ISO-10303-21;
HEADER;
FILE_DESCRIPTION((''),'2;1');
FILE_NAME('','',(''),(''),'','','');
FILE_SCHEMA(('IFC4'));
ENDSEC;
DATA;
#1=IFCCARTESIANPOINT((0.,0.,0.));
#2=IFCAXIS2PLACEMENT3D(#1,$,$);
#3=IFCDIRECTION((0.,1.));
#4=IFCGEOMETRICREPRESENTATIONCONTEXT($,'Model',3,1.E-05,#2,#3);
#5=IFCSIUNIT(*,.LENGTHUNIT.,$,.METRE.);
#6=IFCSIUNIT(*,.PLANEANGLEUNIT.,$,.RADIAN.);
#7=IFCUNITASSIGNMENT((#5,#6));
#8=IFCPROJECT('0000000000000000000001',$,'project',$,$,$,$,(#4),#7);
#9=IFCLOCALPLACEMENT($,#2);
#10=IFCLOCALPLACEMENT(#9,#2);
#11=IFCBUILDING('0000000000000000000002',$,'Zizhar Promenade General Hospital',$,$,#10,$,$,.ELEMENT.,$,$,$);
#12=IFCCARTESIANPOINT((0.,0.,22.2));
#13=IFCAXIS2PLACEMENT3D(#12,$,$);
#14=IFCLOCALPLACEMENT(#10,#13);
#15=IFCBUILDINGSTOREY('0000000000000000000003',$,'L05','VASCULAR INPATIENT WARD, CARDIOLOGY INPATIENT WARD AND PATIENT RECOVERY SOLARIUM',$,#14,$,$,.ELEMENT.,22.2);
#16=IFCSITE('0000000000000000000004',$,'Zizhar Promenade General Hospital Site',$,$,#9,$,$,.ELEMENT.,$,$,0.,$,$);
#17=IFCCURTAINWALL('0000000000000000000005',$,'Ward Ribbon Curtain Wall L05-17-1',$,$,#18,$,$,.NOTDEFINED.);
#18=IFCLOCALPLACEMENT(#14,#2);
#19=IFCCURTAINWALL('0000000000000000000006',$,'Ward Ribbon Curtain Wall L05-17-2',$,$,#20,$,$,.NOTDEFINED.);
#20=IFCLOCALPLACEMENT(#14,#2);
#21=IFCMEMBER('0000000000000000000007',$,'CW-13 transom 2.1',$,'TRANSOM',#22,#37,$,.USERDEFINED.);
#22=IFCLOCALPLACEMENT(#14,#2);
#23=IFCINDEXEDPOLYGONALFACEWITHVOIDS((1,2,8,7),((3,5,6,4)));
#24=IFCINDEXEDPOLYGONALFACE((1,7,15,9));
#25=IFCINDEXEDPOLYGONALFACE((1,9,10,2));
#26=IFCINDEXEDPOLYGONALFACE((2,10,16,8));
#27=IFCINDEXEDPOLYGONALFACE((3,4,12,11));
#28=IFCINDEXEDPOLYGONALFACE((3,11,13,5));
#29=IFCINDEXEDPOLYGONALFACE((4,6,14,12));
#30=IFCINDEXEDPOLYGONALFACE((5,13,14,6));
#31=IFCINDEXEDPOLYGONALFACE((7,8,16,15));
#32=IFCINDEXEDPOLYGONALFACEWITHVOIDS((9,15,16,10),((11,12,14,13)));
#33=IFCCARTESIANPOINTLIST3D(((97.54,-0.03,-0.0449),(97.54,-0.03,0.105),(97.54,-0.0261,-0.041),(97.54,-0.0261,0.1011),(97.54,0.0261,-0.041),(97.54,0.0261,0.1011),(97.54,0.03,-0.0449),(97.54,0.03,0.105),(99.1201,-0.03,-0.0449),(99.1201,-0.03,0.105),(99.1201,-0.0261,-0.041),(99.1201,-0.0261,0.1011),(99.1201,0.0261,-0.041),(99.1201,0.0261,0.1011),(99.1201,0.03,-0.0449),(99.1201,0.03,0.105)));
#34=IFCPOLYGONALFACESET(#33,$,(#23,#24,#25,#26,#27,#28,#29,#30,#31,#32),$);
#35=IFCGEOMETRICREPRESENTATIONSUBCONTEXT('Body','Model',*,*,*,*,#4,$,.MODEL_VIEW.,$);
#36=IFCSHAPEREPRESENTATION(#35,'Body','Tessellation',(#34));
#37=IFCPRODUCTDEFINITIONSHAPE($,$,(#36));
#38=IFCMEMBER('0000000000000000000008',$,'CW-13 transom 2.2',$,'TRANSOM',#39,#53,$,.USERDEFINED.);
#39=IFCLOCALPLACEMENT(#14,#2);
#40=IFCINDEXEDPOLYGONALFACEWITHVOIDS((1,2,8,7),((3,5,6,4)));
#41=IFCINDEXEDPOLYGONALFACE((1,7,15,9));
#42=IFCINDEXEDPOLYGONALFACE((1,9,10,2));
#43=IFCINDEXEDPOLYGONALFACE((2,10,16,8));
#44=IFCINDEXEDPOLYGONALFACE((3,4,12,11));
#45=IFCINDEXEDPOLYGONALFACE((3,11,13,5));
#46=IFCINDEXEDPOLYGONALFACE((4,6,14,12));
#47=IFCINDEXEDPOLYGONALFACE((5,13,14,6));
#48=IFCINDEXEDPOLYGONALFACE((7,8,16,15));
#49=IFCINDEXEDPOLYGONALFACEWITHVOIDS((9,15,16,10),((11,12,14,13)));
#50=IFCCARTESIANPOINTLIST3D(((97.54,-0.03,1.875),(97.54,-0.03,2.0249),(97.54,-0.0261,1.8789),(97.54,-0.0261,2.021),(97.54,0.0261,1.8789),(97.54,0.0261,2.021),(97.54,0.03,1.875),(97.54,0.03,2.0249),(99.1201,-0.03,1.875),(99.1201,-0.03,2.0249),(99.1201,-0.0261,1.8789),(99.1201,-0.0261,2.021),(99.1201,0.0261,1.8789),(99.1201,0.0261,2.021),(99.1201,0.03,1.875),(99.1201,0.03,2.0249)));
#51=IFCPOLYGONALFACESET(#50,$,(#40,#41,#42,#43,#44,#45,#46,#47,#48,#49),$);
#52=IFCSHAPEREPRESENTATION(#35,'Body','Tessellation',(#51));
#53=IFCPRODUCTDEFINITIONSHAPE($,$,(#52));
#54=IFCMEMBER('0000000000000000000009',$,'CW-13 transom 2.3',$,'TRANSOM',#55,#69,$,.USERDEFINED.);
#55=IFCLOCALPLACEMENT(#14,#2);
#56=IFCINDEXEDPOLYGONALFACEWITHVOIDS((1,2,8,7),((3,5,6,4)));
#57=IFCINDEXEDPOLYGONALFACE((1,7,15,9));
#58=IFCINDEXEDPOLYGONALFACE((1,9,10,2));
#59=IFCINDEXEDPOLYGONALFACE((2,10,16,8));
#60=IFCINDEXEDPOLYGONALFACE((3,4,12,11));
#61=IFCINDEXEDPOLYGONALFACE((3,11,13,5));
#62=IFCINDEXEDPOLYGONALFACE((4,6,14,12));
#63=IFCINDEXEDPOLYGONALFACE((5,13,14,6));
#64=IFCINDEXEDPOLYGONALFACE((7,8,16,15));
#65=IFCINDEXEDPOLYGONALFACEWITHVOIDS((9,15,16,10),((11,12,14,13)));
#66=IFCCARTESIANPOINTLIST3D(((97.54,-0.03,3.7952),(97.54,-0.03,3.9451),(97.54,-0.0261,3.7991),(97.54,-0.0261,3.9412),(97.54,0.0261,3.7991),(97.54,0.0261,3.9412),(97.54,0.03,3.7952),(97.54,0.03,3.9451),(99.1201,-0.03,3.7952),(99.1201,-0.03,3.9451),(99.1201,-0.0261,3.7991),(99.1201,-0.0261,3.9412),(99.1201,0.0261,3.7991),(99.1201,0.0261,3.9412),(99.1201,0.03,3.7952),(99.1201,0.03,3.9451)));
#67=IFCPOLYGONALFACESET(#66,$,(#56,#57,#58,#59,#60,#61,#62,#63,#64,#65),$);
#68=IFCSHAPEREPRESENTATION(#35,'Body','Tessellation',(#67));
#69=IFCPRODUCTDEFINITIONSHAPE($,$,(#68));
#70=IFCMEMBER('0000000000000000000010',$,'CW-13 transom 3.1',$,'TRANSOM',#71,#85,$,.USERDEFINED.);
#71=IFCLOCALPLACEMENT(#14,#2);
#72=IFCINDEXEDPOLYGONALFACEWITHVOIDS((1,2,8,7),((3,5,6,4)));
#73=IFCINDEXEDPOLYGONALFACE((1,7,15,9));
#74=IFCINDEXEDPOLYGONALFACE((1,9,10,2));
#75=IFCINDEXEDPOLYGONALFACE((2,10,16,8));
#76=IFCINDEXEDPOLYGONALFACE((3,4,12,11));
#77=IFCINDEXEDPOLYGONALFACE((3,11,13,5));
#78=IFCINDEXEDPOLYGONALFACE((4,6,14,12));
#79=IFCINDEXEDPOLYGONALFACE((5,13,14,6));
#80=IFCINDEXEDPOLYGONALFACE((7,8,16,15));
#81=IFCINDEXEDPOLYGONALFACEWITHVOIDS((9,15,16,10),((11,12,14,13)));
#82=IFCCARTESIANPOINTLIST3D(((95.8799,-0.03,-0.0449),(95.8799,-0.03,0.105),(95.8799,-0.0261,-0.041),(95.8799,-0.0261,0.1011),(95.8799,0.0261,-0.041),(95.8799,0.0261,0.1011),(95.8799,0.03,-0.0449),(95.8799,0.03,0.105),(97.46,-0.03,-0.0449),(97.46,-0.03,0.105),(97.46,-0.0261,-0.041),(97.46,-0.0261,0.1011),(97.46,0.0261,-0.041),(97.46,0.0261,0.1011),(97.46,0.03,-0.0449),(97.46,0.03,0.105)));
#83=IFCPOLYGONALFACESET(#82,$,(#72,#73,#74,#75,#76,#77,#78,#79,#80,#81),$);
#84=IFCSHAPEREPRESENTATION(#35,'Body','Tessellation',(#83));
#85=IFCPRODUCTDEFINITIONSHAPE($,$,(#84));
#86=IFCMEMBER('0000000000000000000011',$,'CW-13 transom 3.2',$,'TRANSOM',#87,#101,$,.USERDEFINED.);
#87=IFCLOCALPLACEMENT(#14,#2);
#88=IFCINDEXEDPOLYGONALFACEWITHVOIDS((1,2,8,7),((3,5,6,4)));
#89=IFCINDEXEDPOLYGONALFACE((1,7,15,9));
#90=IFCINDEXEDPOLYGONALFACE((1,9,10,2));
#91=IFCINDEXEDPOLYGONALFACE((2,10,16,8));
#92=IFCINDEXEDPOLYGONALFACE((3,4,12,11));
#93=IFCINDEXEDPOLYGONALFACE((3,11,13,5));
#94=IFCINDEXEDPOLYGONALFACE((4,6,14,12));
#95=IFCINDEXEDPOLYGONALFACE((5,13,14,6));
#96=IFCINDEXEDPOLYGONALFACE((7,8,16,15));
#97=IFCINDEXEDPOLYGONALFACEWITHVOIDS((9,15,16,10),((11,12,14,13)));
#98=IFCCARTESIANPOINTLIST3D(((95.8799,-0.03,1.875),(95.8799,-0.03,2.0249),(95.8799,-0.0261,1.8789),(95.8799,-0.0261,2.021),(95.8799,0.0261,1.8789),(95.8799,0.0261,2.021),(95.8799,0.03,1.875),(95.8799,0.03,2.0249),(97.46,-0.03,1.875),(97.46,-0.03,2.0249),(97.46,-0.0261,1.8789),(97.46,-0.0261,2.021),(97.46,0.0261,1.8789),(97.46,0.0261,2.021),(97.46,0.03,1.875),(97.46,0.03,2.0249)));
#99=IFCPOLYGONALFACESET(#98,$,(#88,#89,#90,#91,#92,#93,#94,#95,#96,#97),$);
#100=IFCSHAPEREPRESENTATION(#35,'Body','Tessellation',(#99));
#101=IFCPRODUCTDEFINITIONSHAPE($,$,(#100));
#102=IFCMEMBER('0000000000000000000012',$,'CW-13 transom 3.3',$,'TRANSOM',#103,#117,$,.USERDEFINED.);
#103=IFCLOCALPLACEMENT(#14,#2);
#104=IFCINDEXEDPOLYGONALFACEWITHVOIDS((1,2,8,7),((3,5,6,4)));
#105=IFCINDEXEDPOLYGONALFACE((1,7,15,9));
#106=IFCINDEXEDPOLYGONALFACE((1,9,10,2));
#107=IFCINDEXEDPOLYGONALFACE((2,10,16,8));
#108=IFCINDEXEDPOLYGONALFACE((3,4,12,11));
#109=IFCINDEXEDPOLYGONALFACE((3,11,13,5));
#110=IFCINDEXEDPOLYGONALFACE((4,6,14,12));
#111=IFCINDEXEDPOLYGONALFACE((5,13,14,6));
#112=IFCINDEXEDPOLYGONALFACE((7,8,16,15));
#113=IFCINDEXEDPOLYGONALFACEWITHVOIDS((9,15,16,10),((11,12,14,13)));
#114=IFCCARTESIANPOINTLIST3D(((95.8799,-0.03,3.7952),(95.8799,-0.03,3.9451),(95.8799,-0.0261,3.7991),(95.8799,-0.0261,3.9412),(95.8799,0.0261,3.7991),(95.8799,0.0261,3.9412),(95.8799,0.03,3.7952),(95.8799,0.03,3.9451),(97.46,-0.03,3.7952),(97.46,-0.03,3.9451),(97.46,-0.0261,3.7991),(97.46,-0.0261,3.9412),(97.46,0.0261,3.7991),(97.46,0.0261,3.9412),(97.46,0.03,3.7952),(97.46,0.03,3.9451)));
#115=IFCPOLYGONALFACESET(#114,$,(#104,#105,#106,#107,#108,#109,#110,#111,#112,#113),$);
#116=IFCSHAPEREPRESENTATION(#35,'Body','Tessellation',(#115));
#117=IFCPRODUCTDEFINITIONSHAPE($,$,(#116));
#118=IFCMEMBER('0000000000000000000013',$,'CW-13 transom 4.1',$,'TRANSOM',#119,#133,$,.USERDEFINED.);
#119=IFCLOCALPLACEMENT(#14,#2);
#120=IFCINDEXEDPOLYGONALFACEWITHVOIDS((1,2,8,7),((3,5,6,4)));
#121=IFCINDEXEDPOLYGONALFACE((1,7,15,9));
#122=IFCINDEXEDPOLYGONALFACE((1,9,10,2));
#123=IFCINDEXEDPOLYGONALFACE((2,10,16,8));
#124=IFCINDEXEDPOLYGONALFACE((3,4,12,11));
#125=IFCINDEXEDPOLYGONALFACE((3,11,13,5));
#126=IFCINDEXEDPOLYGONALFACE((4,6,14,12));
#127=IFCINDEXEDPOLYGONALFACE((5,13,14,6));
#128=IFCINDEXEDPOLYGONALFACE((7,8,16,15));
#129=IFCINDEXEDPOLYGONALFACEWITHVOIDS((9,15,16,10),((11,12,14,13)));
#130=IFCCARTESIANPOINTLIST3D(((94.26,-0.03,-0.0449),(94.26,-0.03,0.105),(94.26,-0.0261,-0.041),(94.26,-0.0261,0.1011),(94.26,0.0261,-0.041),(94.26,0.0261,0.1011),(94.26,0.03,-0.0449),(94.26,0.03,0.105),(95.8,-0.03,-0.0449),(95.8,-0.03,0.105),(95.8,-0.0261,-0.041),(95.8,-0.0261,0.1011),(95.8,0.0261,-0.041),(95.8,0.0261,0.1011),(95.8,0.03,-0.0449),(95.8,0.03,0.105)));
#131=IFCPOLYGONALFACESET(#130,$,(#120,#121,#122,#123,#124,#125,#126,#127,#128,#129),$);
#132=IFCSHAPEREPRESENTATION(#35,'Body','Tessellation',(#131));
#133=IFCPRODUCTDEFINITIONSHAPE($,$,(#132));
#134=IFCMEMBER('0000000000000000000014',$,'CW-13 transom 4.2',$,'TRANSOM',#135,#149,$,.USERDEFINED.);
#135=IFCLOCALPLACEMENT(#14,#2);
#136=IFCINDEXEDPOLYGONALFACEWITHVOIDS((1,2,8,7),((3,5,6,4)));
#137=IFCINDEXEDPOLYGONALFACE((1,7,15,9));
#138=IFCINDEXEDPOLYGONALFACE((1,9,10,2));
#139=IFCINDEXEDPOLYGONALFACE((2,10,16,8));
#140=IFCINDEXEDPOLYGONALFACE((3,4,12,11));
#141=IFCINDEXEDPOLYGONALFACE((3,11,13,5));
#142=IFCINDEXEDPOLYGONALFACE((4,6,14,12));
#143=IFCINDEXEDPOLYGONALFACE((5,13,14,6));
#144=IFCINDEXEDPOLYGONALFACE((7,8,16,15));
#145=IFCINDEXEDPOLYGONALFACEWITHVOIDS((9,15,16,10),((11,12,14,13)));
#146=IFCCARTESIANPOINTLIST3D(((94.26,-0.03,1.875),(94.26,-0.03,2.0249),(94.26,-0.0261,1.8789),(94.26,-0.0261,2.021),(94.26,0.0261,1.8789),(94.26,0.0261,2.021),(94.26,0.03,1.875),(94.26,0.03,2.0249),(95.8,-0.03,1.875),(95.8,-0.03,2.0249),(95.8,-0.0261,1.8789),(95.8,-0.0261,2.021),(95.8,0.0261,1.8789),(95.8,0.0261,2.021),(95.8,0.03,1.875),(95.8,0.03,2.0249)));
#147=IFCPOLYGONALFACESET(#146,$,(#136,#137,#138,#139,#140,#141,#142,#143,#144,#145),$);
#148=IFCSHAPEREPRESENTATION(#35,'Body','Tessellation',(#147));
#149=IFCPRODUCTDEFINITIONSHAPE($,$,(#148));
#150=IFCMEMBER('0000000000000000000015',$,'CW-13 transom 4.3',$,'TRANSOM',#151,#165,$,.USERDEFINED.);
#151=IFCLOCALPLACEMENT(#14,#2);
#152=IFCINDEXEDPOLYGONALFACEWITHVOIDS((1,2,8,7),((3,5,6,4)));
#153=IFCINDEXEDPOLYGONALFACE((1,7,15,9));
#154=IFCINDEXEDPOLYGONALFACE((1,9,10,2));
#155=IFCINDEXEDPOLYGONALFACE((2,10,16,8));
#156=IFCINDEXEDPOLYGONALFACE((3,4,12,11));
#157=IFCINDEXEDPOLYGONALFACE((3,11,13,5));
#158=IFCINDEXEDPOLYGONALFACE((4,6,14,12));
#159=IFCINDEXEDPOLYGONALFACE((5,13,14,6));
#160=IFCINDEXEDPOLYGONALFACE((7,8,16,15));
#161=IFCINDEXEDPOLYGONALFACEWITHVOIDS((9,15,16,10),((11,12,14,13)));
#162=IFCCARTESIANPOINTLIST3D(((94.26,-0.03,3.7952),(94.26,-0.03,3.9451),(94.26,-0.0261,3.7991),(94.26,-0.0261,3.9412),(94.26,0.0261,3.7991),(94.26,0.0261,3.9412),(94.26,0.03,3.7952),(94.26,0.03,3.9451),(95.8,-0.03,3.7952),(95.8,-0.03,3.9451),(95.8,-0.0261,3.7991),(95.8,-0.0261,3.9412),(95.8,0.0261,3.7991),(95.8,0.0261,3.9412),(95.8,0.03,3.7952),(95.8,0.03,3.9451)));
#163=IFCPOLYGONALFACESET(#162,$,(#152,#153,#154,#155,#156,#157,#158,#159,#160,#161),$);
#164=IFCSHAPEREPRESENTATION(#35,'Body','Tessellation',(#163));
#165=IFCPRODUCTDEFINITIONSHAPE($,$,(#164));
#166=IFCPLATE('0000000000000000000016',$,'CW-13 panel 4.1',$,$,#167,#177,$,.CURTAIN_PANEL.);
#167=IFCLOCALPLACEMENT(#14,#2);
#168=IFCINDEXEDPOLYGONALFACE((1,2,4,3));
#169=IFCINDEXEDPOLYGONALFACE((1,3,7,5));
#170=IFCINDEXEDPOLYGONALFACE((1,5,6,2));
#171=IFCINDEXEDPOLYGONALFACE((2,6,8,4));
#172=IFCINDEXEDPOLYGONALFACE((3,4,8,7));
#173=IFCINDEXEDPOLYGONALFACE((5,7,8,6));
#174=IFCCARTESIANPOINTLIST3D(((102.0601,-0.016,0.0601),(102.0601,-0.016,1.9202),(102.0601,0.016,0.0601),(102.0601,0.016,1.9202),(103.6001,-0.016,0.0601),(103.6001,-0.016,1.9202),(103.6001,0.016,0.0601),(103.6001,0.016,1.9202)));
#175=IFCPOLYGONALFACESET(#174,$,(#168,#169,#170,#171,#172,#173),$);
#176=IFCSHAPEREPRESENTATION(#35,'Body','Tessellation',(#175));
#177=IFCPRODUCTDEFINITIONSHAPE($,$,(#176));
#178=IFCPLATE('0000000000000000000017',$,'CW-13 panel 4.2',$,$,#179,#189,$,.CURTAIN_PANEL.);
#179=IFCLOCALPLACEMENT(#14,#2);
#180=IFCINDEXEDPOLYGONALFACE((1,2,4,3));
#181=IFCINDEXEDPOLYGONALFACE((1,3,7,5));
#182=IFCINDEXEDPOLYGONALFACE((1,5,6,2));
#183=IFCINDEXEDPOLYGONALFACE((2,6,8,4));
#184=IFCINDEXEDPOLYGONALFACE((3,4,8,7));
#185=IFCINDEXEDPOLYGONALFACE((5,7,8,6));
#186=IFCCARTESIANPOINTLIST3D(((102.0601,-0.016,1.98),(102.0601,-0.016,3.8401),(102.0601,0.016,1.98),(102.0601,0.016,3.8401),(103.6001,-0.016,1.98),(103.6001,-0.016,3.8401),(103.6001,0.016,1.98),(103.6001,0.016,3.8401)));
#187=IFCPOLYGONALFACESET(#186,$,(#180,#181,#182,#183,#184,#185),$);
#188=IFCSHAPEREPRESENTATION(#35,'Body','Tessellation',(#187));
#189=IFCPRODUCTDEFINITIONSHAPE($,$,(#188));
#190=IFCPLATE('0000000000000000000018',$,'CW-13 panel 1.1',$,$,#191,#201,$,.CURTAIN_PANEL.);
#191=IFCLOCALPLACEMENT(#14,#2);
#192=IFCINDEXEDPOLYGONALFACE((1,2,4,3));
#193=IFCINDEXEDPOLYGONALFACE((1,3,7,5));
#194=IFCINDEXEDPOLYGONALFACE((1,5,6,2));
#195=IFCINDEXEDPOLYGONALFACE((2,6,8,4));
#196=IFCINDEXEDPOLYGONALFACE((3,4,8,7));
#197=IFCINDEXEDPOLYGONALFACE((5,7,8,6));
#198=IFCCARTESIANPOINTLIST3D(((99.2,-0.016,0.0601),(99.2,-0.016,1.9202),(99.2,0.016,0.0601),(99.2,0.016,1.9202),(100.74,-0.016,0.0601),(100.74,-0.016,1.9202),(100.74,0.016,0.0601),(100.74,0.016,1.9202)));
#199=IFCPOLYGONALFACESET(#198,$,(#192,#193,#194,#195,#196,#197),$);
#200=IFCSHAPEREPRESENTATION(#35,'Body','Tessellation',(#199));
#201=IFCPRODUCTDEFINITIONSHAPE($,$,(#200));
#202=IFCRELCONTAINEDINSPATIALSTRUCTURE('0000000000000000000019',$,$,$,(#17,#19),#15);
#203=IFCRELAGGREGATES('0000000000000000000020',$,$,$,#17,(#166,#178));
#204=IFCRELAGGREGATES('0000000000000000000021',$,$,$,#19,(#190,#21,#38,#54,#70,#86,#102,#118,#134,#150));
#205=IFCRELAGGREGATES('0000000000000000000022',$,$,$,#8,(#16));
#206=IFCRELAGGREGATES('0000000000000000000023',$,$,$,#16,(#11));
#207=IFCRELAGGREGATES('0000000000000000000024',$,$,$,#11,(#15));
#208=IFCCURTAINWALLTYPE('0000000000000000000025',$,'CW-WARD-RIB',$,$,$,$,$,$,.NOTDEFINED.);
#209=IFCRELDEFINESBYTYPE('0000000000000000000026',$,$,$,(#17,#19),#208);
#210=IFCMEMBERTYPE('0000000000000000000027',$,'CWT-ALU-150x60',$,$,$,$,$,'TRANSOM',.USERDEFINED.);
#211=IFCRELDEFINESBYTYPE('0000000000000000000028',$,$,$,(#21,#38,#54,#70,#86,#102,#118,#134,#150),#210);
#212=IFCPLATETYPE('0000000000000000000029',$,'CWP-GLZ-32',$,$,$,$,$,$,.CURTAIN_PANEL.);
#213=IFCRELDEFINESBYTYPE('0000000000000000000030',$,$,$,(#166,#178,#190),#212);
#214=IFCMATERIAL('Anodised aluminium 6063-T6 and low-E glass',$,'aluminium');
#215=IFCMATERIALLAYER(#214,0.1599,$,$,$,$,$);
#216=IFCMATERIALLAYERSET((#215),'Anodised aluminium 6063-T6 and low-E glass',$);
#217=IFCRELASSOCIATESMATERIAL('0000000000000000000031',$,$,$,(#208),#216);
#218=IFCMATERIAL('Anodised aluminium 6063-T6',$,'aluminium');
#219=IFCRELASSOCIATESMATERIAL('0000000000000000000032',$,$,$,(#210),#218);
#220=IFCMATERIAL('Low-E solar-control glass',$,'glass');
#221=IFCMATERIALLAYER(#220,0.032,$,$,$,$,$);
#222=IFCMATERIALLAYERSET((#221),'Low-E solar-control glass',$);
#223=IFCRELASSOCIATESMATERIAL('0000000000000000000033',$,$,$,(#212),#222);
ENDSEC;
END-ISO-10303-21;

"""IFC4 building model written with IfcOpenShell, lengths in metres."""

from ifc_helpers import new_model, si_unit, direction, frame, origin, origin_2d, place, context, subcontext, project, spatial, rectangle, hollow_rectangle, extrude, material, layer, layer_set, material_profile, profile_set, type_object, element, aggregate, save


model = new_model("IFC4")

# Units and contexts
model_context = context("Model", 3, precision=1e-05, world=origin(), true_north=direction((0.0, 1.0)))
body_context = subcontext(model_context, "Body", "Model", "MODEL_VIEW")
ifc_project = project(units=[si_unit("LENGTHUNIT", "METRE"), si_unit("PLANEANGLEUNIT", "RADIAN")], contexts=[model_context])

# Site, building, storey
site_placement = place(None, origin())
site = spatial("IfcSite", under=ifc_project, at=site_placement, Name="Zizhar Promenade General Hospital Site", CompositionType="ELEMENT", RefElevation=0.0)
building_placement = place(site_placement, origin())
building = spatial("IfcBuilding", under=site, at=building_placement, Name="Zizhar Promenade General Hospital", CompositionType="ELEMENT")
storey_placement = place(building_placement, frame((0.0, 0.0, 22.2)))
storey = spatial("IfcBuildingStorey", under=building, at=storey_placement, Name="L05", Description="VASCULAR INPATIENT WARD, CARDIOLOGY INPATIENT WARD AND PATIENT RECOVERY SOLARIUM", CompositionType="ELEMENT", Elevation=22.2)

# Curtain wall
ifc_material_1 = material(Name="Anodised aluminium 6063-T6 and low-E glass", Category="aluminium")
ifc_layer_1 = layer(ifc_material_1, 0.1599)
ifc_layer_set_1 = layer_set([ifc_layer_1], Name="Anodised aluminium 6063-T6 and low-E glass")
curtain_wall_type = type_object("IfcCurtainWallType", Name="CW-WARD-RIB", PredefinedType="NOTDEFINED", material=ifc_layer_set_1)
curtain_wall_1_placement = place(storey_placement, origin())
curtain_wall_1 = element("IfcCurtainWall", 1, at=curtain_wall_1_placement, inside=storey, type_object=curtain_wall_type, Name="Ward Ribbon Curtain Wall L05-17-1", PredefinedType="NOTDEFINED")

# Curtain wall, members
curtain_wall_2_placement = place(storey_placement, origin())
curtain_wall_2 = element("IfcCurtainWall", 2, at=curtain_wall_2_placement, inside=storey, type_object=curtain_wall_type, Name="Ward Ribbon Curtain Wall L05-17-2", PredefinedType="NOTDEFINED")
ifc_material_2 = material(Name="Anodised aluminium 6063-T6", Category="aluminium")
ifc_material_profile_1 = material_profile(ifc_material_2, hollow_rectangle(XDim=0.0601, YDim=0.1499, WallThickness=0.0039, at=origin_2d()))
ifc_profile_set_1 = profile_set([ifc_material_profile_1], Name="Anodised aluminium 6063-T6")
member_type_1 = type_object("IfcMemberType", Name="CWT-ALU-150x60", ElementType="TRANSOM", PredefinedType="USERDEFINED", material=ifc_profile_set_1)
member_1_placement = place(storey_placement, frame((99.1201, 0.0, 0.03), z_axis=(-1.0, 0.0, 0.0), x_axis=(0.0, -1.0, 0.0)))
member_1 = element("IfcMember", 3, at=member_1_placement, type_object=member_type_1, Name="CW-13 transom 2.1", ObjectType="TRANSOM", PredefinedType="USERDEFINED", context=body_context, shape_type="SweptSolid", body=[
    extrude(hollow_rectangle(XDim=0.0601, YDim=0.1499, WallThickness=0.0039, at=origin_2d()), origin(), (0.0, 0.0, 1.0), 1.5801),
])
member_2_placement = place(storey_placement, frame((99.1201, 0.0, 1.95), z_axis=(-1.0, 0.0, 0.0), x_axis=(0.0, -1.0, 0.0)))
member_2 = element("IfcMember", 4, at=member_2_placement, type_object=member_type_1, Name="CW-13 transom 2.2", ObjectType="TRANSOM", PredefinedType="USERDEFINED", context=body_context, shape_type="SweptSolid", body=[
    extrude(hollow_rectangle(XDim=0.0601, YDim=0.1499, WallThickness=0.0039, at=origin_2d()), origin(), (0.0, 0.0, 1.0), 1.5801),
])
member_3_placement = place(storey_placement, frame((99.1201, 0.0, 3.8701), z_axis=(-1.0, 0.0, 0.0), x_axis=(0.0, -1.0, 0.0)))
member_3 = element("IfcMember", 5, at=member_3_placement, type_object=member_type_1, Name="CW-13 transom 2.3", ObjectType="TRANSOM", PredefinedType="USERDEFINED", context=body_context, shape_type="SweptSolid", body=[
    extrude(hollow_rectangle(XDim=0.0601, YDim=0.1499, WallThickness=0.0039, at=origin_2d()), origin(), (0.0, 0.0, 1.0), 1.5801),
])
member_4_placement = place(storey_placement, frame((97.46, 0.0, 0.03), z_axis=(-1.0, 0.0, 0.0), x_axis=(0.0, -1.0, 0.0)))
member_4 = element("IfcMember", 6, at=member_4_placement, type_object=member_type_1, Name="CW-13 transom 3.1", ObjectType="TRANSOM", PredefinedType="USERDEFINED", context=body_context, shape_type="SweptSolid", body=[
    extrude(hollow_rectangle(XDim=0.0601, YDim=0.1499, WallThickness=0.0039, at=origin_2d()), origin(), (0.0, 0.0, 1.0), 1.5801),
])
member_5_placement = place(storey_placement, frame((97.46, 0.0, 1.95), z_axis=(-1.0, 0.0, 0.0), x_axis=(0.0, -1.0, 0.0)))
member_5 = element("IfcMember", 7, at=member_5_placement, type_object=member_type_1, Name="CW-13 transom 3.2", ObjectType="TRANSOM", PredefinedType="USERDEFINED", context=body_context, shape_type="SweptSolid", body=[
    extrude(hollow_rectangle(XDim=0.0601, YDim=0.1499, WallThickness=0.0039, at=origin_2d()), origin(), (0.0, 0.0, 1.0), 1.5801),
])
member_6_placement = place(storey_placement, frame((97.46, 0.0, 3.8701), z_axis=(-1.0, 0.0, 0.0), x_axis=(0.0, -1.0, 0.0)))
member_6 = element("IfcMember", 8, at=member_6_placement, type_object=member_type_1, Name="CW-13 transom 3.3", ObjectType="TRANSOM", PredefinedType="USERDEFINED", context=body_context, shape_type="SweptSolid", body=[
    extrude(hollow_rectangle(XDim=0.0601, YDim=0.1499, WallThickness=0.0039, at=origin_2d()), origin(), (0.0, 0.0, 1.0), 1.5801),
])
member_7_placement = place(storey_placement, frame((95.8, 0.0, 0.03), z_axis=(-1.0, 0.0, 0.0), x_axis=(0.0, -1.0, 0.0)))
member_7 = element("IfcMember", 9, at=member_7_placement, type_object=member_type_1, Name="CW-13 transom 4.1", ObjectType="TRANSOM", PredefinedType="USERDEFINED", context=body_context, shape_type="SweptSolid", body=[
    extrude(hollow_rectangle(XDim=0.0601, YDim=0.1499, WallThickness=0.0039, at=origin_2d()), origin(), (0.0, 0.0, 1.0), 1.54),
])
member_8_placement = place(storey_placement, frame((95.8, 0.0, 1.95), z_axis=(-1.0, 0.0, 0.0), x_axis=(0.0, -1.0, 0.0)))
member_8 = element("IfcMember", 10, at=member_8_placement, type_object=member_type_1, Name="CW-13 transom 4.2", ObjectType="TRANSOM", PredefinedType="USERDEFINED", context=body_context, shape_type="SweptSolid", body=[
    extrude(hollow_rectangle(XDim=0.0601, YDim=0.1499, WallThickness=0.0039, at=origin_2d()), origin(), (0.0, 0.0, 1.0), 1.54),
])
member_9_placement = place(storey_placement, frame((95.8, 0.0, 3.8701), z_axis=(-1.0, 0.0, 0.0), x_axis=(0.0, -1.0, 0.0)))
member_9 = element("IfcMember", 11, at=member_9_placement, type_object=member_type_1, Name="CW-13 transom 4.3", ObjectType="TRANSOM", PredefinedType="USERDEFINED", context=body_context, shape_type="SweptSolid", body=[
    extrude(hollow_rectangle(XDim=0.0601, YDim=0.1499, WallThickness=0.0039, at=origin_2d()), origin(), (0.0, 0.0, 1.0), 1.54),
])

# Plates
ifc_material_3 = material(Name="Low-E solar-control glass", Category="glass")
ifc_layer_2 = layer(ifc_material_3, 0.032)
ifc_layer_set_2 = layer_set([ifc_layer_2], Name="Low-E solar-control glass")
plate_type = type_object("IfcPlateType", Name="CWP-GLZ-32", PredefinedType="CURTAIN_PANEL", material=ifc_layer_set_2)
plate_1_placement = place(storey_placement, frame((102.8301, 0.0, 0.0601), z_axis=(0.0, 0.0, 1.0), x_axis=(-1.0, 0.0, 0.0)))
plate_1 = element("IfcPlate", 12, at=plate_1_placement, type_object=plate_type, Name="CW-13 panel 4.1", PredefinedType="CURTAIN_PANEL", context=body_context, shape_type="SweptSolid", body=[
    extrude(rectangle(XDim=1.54, YDim=0.032, at=origin_2d()), origin(), (0.0, 0.0, 1.0), 1.8601),
])
plate_2_placement = place(storey_placement, frame((102.8301, 0.0, 1.98), z_axis=(0.0, 0.0, 1.0), x_axis=(-1.0, 0.0, 0.0)))
plate_2 = element("IfcPlate", 13, at=plate_2_placement, type_object=plate_type, Name="CW-13 panel 4.2", PredefinedType="CURTAIN_PANEL", context=body_context, shape_type="SweptSolid", body=[
    extrude(rectangle(XDim=1.54, YDim=0.032, at=origin_2d()), origin(), (0.0, 0.0, 1.0), 1.8601),
])
aggregate(curtain_wall_1, [plate_1, plate_2])
plate_3_placement = place(storey_placement, frame((99.97, 0.0, 0.0601), z_axis=(0.0, 0.0, 1.0), x_axis=(-1.0, 0.0, 0.0)))
plate_3 = element("IfcPlate", 14, at=plate_3_placement, type_object=plate_type, Name="CW-13 panel 1.1", PredefinedType="CURTAIN_PANEL", context=body_context, shape_type="SweptSolid", body=[
    extrude(rectangle(XDim=1.54, YDim=0.032, at=origin_2d()), origin(), (0.0, 0.0, 1.0), 1.8601),
])
aggregate(curtain_wall_2, [plate_3, member_1, member_2, member_3, member_4, member_5, member_6, member_7, member_8, member_9])

save(model, "model.ifc")
